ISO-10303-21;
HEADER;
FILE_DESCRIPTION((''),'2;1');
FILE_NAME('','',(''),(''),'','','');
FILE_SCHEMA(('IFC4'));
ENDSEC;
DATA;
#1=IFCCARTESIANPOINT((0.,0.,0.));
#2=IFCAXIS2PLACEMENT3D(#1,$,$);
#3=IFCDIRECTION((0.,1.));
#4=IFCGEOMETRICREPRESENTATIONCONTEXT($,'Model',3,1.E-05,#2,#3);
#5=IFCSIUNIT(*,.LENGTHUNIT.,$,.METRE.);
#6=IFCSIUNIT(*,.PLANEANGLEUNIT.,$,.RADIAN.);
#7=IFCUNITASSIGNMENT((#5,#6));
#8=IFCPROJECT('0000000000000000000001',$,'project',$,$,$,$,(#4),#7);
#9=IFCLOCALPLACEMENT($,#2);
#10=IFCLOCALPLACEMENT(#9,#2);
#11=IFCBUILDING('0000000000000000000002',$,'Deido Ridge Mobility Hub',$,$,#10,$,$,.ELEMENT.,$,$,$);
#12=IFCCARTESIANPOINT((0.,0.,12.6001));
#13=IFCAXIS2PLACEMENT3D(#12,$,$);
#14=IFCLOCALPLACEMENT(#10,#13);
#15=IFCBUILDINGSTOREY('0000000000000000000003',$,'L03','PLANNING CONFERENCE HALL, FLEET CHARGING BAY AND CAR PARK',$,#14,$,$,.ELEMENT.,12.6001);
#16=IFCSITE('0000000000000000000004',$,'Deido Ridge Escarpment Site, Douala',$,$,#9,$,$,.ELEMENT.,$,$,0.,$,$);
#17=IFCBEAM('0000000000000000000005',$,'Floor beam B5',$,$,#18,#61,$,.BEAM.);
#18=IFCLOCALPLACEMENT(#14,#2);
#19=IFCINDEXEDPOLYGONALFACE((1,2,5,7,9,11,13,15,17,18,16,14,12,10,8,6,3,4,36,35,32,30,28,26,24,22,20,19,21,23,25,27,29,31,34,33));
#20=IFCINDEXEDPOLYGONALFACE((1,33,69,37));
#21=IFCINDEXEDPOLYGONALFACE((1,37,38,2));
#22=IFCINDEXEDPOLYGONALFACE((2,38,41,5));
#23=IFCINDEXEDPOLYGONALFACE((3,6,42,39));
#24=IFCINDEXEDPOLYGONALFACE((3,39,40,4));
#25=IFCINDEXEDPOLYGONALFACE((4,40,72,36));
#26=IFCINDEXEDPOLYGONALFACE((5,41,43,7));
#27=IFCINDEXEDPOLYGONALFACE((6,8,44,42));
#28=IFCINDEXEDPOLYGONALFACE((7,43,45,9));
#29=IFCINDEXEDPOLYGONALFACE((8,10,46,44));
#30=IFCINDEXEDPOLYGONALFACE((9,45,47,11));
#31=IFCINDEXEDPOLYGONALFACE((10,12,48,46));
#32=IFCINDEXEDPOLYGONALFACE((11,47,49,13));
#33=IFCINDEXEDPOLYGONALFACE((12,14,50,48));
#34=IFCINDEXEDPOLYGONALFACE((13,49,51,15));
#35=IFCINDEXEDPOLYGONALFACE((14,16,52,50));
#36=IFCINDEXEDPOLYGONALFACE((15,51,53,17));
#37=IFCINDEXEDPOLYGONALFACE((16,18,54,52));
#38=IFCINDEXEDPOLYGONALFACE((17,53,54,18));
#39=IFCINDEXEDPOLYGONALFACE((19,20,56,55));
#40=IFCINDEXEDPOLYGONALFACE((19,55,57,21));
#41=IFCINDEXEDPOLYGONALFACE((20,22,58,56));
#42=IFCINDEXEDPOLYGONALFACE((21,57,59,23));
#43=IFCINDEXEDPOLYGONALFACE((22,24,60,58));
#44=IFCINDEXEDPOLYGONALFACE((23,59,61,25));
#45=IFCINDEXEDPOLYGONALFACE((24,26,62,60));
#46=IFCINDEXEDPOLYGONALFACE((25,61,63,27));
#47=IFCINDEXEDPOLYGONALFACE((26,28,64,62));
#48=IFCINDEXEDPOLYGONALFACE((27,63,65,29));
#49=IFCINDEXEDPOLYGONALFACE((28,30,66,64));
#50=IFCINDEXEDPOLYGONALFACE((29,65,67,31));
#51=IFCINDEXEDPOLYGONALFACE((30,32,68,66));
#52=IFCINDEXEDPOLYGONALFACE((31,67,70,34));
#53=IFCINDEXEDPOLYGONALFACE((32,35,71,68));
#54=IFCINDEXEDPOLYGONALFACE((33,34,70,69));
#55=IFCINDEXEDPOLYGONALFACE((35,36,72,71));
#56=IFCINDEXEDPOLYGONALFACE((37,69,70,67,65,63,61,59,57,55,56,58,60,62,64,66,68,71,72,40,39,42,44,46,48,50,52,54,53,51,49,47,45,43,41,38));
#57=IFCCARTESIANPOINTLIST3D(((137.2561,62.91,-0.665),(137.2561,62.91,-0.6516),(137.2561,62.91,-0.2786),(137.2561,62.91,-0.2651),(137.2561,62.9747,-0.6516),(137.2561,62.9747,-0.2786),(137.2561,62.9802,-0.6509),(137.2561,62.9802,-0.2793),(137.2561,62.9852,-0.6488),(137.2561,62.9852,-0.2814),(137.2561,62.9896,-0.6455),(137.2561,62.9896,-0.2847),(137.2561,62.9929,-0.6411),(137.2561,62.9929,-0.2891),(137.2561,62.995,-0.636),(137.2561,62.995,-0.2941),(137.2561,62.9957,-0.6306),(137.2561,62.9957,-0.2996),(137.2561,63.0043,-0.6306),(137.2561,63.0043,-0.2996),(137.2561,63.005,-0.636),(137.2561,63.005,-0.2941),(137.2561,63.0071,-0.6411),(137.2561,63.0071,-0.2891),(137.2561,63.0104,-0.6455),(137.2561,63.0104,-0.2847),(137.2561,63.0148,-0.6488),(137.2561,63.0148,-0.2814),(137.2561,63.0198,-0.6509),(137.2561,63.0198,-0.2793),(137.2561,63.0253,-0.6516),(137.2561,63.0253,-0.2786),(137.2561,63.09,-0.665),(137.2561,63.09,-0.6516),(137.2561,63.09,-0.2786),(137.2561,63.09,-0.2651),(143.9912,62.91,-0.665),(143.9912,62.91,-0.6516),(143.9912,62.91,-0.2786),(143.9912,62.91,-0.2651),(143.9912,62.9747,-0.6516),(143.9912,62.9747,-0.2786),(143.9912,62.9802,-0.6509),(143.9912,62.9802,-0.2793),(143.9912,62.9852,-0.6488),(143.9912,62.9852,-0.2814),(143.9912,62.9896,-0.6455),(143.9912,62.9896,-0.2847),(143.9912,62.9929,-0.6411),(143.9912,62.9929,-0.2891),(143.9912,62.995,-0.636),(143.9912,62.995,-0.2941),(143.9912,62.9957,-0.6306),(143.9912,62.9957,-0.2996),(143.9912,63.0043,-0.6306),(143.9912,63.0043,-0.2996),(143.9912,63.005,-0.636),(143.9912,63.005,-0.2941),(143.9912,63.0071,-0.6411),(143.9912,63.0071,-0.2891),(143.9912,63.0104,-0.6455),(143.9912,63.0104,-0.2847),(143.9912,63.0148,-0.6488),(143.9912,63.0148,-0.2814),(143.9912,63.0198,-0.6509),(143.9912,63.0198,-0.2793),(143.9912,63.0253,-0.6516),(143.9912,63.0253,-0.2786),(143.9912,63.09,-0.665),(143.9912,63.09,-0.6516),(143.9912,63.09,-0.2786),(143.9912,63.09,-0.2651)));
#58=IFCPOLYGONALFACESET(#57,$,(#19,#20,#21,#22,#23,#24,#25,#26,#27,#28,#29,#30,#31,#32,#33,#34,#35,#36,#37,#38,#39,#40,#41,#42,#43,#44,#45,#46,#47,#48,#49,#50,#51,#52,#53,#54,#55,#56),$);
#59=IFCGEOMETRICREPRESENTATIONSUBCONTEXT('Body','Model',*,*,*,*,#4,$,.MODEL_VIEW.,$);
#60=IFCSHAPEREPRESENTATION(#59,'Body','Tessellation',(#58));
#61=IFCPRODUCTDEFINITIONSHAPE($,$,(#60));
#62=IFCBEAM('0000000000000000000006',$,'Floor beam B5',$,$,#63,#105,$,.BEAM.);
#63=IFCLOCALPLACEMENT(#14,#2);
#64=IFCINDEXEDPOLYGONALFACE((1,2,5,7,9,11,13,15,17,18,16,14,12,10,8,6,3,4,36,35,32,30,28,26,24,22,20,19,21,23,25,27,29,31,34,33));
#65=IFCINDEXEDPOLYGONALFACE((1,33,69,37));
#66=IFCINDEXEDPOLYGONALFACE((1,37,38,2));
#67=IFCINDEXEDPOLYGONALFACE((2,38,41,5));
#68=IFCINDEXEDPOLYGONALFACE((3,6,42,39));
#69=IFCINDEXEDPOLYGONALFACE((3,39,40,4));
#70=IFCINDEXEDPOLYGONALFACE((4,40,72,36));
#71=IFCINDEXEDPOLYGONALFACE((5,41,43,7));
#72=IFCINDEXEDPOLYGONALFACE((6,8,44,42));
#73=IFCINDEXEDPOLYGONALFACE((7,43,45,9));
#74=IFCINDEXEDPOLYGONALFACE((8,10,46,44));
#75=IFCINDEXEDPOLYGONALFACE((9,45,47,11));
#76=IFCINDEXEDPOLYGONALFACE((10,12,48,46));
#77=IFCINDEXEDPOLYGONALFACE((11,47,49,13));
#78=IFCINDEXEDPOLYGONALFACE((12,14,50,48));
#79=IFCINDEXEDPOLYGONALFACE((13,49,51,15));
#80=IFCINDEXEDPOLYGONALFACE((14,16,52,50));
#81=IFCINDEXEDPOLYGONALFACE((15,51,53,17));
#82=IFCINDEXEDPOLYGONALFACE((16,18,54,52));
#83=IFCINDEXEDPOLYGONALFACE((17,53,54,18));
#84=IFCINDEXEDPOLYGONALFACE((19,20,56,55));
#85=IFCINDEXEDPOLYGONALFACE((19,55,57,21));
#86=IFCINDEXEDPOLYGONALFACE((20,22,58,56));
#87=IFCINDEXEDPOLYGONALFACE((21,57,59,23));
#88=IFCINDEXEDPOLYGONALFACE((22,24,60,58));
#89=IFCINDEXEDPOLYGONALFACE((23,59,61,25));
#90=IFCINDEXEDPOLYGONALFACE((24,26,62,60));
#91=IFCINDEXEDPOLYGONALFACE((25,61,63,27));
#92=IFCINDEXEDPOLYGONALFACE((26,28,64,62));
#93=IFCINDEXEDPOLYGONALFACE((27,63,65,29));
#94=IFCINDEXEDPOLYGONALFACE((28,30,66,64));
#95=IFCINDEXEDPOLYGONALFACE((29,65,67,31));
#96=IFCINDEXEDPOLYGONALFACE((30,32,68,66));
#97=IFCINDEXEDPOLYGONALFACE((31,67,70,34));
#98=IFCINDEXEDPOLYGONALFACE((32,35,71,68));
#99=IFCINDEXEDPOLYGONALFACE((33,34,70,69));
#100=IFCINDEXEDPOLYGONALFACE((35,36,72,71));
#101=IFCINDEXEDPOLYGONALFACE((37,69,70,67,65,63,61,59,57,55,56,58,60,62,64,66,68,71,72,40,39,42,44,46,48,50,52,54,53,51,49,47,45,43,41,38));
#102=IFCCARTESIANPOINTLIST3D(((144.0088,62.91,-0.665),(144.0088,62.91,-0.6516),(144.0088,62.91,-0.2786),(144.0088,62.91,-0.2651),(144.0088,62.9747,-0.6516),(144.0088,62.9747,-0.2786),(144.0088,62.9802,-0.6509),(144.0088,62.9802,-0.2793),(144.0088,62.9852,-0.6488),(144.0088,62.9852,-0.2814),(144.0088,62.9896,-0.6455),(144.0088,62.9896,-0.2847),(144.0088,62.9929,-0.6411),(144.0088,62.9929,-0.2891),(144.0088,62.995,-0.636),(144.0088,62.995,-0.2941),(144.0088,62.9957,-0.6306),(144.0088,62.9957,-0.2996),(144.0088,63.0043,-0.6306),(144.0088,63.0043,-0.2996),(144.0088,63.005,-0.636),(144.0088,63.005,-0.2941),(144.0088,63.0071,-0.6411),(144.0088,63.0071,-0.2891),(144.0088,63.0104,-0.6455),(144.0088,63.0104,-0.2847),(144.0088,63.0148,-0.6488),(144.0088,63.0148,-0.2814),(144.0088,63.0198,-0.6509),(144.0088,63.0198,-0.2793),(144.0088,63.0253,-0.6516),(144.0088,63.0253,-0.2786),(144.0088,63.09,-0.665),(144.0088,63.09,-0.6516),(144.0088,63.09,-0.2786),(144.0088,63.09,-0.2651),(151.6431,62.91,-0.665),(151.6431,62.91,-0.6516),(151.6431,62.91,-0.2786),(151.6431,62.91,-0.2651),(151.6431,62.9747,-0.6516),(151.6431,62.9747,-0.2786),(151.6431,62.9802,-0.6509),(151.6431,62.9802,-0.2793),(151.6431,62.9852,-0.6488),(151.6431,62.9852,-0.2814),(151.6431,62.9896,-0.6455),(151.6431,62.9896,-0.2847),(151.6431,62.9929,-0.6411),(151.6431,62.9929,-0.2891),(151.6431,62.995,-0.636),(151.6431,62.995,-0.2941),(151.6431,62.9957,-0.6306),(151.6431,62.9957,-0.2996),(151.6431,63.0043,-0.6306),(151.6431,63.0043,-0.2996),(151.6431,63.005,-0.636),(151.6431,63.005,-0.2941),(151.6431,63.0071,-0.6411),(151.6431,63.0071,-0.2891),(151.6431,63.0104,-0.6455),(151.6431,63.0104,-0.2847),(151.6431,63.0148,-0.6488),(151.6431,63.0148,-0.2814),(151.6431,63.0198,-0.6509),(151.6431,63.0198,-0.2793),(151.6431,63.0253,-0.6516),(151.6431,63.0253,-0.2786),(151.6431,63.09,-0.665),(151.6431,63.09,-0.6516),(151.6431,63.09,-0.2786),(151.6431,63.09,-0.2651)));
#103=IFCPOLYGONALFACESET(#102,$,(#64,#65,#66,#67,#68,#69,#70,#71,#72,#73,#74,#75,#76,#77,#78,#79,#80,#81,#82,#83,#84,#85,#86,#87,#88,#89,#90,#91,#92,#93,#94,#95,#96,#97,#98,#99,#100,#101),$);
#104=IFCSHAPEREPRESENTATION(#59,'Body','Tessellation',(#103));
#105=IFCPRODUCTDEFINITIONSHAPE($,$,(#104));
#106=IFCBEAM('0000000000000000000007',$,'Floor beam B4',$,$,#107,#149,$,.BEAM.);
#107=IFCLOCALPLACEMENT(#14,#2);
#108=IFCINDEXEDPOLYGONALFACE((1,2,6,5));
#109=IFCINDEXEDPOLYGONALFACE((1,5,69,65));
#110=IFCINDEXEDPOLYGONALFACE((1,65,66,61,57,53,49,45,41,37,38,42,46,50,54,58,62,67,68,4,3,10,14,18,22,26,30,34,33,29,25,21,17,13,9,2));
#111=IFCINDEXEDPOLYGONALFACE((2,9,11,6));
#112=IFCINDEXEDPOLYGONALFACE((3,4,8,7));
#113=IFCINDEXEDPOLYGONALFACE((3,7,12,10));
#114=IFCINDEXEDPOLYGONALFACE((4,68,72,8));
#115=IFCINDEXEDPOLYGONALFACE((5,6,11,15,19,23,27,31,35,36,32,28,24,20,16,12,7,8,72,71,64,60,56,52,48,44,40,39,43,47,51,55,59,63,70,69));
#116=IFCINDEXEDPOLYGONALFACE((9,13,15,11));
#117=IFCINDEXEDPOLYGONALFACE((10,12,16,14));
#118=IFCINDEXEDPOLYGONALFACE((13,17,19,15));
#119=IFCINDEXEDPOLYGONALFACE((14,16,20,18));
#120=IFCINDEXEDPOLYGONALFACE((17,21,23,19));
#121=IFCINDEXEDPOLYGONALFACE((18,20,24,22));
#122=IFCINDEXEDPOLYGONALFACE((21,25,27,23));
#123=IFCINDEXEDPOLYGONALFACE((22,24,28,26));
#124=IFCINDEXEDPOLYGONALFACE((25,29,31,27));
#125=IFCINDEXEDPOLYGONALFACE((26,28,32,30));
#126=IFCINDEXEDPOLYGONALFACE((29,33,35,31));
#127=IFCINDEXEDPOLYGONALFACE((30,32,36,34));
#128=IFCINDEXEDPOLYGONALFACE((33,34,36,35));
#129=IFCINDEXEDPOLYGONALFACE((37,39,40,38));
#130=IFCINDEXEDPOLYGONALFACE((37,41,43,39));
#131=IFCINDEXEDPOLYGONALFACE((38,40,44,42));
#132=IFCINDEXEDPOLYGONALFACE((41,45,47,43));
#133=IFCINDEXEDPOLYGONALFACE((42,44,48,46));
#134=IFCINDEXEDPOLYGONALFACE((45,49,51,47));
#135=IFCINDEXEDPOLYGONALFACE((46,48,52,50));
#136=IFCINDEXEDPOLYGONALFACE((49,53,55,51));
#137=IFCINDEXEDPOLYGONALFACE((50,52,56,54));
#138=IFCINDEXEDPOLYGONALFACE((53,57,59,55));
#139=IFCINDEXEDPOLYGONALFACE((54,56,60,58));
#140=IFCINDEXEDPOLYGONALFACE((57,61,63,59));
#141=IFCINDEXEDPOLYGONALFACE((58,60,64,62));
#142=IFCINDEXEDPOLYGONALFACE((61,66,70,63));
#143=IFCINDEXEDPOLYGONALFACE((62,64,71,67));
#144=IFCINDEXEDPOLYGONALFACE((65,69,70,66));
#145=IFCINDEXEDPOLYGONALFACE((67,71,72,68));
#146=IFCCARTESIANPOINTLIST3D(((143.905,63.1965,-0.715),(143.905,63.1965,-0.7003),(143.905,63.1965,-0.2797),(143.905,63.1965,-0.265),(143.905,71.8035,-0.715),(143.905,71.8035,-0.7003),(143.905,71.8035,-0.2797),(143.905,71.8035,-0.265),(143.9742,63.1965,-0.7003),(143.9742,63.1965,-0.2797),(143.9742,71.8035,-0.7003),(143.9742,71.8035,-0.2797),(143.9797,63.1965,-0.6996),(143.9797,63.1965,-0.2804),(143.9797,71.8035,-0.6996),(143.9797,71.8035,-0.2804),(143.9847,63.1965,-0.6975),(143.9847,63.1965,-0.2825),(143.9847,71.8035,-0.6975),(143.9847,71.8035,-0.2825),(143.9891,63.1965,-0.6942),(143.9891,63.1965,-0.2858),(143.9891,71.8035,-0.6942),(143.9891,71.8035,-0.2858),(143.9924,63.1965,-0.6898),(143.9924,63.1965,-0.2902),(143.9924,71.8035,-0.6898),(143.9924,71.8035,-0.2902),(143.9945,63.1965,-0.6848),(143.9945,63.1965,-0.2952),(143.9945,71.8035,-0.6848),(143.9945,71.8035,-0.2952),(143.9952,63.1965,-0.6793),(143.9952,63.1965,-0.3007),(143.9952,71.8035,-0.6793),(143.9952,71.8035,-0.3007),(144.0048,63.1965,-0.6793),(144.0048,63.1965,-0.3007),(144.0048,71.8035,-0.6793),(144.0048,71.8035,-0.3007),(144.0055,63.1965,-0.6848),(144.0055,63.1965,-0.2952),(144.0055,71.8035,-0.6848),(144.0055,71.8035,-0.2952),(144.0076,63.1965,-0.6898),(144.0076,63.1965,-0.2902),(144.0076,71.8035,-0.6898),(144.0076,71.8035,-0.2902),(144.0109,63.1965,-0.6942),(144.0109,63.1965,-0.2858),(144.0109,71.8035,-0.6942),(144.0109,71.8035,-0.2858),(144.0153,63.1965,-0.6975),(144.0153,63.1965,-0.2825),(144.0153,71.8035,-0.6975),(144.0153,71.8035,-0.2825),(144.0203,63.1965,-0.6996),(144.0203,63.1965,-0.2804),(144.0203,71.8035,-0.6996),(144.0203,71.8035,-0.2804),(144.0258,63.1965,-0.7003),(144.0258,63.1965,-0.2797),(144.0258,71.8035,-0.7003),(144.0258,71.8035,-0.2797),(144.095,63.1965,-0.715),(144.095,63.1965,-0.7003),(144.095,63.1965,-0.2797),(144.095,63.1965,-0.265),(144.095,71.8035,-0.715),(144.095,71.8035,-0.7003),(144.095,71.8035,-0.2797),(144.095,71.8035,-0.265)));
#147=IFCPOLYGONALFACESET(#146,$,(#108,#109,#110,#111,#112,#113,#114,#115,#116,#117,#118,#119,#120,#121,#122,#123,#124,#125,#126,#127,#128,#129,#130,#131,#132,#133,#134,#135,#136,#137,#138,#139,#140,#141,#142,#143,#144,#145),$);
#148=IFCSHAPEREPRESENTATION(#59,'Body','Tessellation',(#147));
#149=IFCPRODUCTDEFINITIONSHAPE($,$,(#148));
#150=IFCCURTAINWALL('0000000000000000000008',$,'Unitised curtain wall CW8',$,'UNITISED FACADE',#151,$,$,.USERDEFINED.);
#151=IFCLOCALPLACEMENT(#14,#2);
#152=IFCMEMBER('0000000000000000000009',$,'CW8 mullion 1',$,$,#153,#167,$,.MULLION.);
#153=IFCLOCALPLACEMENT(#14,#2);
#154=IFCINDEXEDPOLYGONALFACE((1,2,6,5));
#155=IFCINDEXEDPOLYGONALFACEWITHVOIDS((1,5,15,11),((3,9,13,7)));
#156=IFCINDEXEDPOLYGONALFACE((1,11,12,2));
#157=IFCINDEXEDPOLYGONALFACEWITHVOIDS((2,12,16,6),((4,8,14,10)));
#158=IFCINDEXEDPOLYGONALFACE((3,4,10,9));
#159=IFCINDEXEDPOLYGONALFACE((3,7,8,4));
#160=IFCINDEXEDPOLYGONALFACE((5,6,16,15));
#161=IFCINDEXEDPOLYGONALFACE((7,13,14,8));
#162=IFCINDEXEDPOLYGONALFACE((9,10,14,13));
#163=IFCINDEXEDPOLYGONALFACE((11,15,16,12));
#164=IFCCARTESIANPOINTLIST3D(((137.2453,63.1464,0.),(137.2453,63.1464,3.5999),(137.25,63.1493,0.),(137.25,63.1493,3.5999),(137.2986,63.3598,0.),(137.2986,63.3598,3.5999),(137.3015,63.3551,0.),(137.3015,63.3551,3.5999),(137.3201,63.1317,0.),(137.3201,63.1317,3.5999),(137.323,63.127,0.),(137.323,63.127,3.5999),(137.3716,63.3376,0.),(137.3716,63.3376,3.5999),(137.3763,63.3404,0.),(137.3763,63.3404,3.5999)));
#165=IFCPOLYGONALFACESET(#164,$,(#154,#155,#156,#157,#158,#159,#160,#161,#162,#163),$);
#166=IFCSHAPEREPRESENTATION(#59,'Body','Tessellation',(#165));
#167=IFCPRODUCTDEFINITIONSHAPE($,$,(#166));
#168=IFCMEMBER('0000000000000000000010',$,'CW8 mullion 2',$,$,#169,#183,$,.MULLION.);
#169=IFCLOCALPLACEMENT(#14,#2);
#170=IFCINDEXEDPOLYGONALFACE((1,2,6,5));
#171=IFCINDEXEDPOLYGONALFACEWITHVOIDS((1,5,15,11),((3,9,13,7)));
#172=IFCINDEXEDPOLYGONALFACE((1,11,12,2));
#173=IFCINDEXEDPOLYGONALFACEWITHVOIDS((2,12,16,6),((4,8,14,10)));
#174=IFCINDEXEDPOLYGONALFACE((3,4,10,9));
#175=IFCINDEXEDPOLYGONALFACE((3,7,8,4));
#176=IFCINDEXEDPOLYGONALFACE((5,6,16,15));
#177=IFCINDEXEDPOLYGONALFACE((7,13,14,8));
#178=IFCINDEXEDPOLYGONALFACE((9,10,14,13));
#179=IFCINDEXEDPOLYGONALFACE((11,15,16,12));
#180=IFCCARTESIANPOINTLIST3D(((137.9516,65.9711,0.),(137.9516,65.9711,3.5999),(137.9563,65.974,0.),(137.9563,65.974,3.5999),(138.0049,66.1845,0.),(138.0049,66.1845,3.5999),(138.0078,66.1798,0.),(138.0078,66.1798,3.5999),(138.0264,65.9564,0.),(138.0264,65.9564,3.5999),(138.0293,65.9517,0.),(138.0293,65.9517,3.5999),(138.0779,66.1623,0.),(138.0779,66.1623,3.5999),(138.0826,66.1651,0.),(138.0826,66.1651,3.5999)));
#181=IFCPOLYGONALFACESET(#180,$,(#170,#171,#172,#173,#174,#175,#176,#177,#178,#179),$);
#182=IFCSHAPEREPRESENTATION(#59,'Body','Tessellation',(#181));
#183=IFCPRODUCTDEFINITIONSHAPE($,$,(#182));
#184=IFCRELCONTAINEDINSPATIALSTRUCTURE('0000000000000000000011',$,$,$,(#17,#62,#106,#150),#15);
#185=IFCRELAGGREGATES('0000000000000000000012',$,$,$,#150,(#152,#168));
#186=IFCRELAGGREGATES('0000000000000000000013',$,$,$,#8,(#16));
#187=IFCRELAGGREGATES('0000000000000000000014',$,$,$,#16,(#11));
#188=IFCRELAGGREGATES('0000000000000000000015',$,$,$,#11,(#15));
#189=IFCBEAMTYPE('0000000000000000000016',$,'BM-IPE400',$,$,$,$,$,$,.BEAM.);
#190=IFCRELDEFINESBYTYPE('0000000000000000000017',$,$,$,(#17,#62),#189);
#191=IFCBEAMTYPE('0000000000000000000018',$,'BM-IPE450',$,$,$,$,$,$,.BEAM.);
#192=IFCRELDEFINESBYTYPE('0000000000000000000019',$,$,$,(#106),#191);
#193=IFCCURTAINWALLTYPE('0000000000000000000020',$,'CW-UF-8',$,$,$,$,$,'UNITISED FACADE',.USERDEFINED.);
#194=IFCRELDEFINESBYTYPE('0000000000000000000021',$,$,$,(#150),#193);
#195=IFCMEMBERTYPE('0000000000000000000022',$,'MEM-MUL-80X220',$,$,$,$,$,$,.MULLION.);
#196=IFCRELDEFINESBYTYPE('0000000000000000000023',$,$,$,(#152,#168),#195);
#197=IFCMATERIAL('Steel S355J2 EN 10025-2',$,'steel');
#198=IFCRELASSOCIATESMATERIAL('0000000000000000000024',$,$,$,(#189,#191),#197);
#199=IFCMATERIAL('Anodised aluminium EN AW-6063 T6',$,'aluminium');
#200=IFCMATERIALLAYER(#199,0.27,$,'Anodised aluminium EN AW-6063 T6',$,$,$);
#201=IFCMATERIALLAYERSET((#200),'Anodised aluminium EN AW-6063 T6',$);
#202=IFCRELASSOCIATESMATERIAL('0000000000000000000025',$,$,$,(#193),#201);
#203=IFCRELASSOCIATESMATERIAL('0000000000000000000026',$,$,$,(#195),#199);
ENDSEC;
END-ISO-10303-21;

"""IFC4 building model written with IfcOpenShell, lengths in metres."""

from ifc_helpers import new_model, si_unit, direction, frame, origin, origin_2d, place, context, subcontext, project, spatial, hollow_rectangle, i_section, extrude, material, layer, layer_set, material_profile, profile_set, type_object, element, aggregate, save


model = new_model("IFC4")

# Units and contexts
model_context = context("Model", 3, precision=1e-05, world=origin(), true_north=direction((0.0, 1.0)))
body_context = subcontext(model_context, "Body", "Model", "MODEL_VIEW")
ifc_project = project(units=[si_unit("LENGTHUNIT", "METRE"), si_unit("PLANEANGLEUNIT", "RADIAN")], contexts=[model_context])

# Site, building, storey
site_placement = place(None, origin())
site = spatial("IfcSite", under=ifc_project, at=site_placement, Name="Deido Ridge Escarpment Site, Douala", CompositionType="ELEMENT", RefElevation=0.0)
building_placement = place(site_placement, origin())
building = spatial("IfcBuilding", under=site, at=building_placement, Name="Deido Ridge Mobility Hub", CompositionType="ELEMENT")
storey_placement = place(building_placement, frame((0.0, 0.0, 12.6001)))
storey = spatial("IfcBuildingStorey", under=building, at=storey_placement, Name="L03", Description="PLANNING CONFERENCE HALL, FLEET CHARGING BAY AND CAR PARK", CompositionType="ELEMENT", Elevation=12.6001)

# Shared definitions
ifc_material_1 = material(Name="Steel S355J2 EN 10025-2", Category="steel")

# Beams
ifc_material_profile_1 = material_profile(ifc_material_1, i_section(OverallWidth=0.1799, OverallDepth=0.3999, WebThickness=0.0085, FlangeThickness=0.0134, FilletRadius=0.021, at=origin_2d()), Name="IPE 400")
ifc_profile_set_1 = profile_set([ifc_material_profile_1], Name="Steel S355J2 EN 10025-2")
beam_type_1 = type_object("IfcBeamType", Name="BM-IPE400", PredefinedType="BEAM", material=ifc_profile_set_1)
beam_1_placement = place(storey_placement, frame((137.2561, 63.0, -0.4651), z_axis=(1.0, 0.0, 0.0), x_axis=(0.0, 1.0, 0.0)))
element("IfcBeam", 1, at=beam_1_placement, inside=storey, type_object=beam_type_1, Name="Floor beam B5", PredefinedType="BEAM", context=body_context, shape_type="SweptSolid", body=[
    extrude(i_section(OverallWidth=0.1799, OverallDepth=0.3999, WebThickness=0.0085, FlangeThickness=0.0134, FilletRadius=0.021, at=origin_2d()), origin(), (0.0, 0.0, 1.0), 6.7351),
])
beam_2_placement = place(storey_placement, frame((144.0088, 63.0, -0.4651), z_axis=(1.0, 0.0, 0.0), x_axis=(0.0, 1.0, 0.0)))
element("IfcBeam", 2, at=beam_2_placement, inside=storey, type_object=beam_type_1, Name="Floor beam B5", PredefinedType="BEAM", context=body_context, shape_type="SweptSolid", body=[
    extrude(i_section(OverallWidth=0.1799, OverallDepth=0.3999, WebThickness=0.0085, FlangeThickness=0.0134, FilletRadius=0.021, at=origin_2d()), origin(), (0.0, 0.0, 1.0), 7.6343),
])
ifc_material_profile_2 = material_profile(ifc_material_1, i_section(OverallWidth=0.1899, OverallDepth=0.45, WebThickness=0.0095, FlangeThickness=0.0146, FilletRadius=0.021, at=origin_2d()), Name="IPE 450")
ifc_profile_set_2 = profile_set([ifc_material_profile_2], Name="Steel S355J2 EN 10025-2")
beam_type_2 = type_object("IfcBeamType", Name="BM-IPE450", PredefinedType="BEAM", material=ifc_profile_set_2)
beam_3_placement = place(storey_placement, frame((144.0, 63.1965, -0.49), z_axis=(0.0, 1.0, 0.0), x_axis=(-1.0, 0.0, 0.0)))
element("IfcBeam", 3, at=beam_3_placement, inside=storey, type_object=beam_type_2, Name="Floor beam B4", PredefinedType="BEAM", context=body_context, shape_type="SweptSolid", body=[
    extrude(i_section(OverallWidth=0.1899, OverallDepth=0.45, WebThickness=0.0095, FlangeThickness=0.0146, FilletRadius=0.021, at=origin_2d()), origin(), (0.0, 0.0, 1.0), 8.6069),
])

# Curtain wall, members
ifc_material_2 = material(Name="Anodised aluminium EN AW-6063 T6", Category="aluminium")
ifc_layer_1 = layer(ifc_material_2, 0.27, Name="Anodised aluminium EN AW-6063 T6")
ifc_layer_set_1 = layer_set([ifc_layer_1], Name="Anodised aluminium EN AW-6063 T6")
curtain_wall_type = type_object("IfcCurtainWallType", Name="CW-UF-8", ElementType="UNITISED FACADE", PredefinedType="USERDEFINED", material=ifc_layer_set_1)
curtain_wall_placement = place(storey_placement, origin())
curtain_wall = element("IfcCurtainWall", 4, at=curtain_wall_placement, inside=storey, type_object=curtain_wall_type, Name="Unitised curtain wall CW8", ObjectType="UNITISED FACADE", PredefinedType="USERDEFINED")
ifc_material_profile_3 = material_profile(ifc_material_2, hollow_rectangle(XDim=0.0801, YDim=0.22, WallThickness=0.0039, at=origin_2d()), Name="RHS 80x220x4")
ifc_profile_set_3 = profile_set([ifc_material_profile_3], Name="Anodised aluminium EN AW-6063 T6")
member_type_1 = type_object("IfcMemberType", Name="MEM-MUL-80X220", PredefinedType="MULLION", material=ifc_profile_set_3)
member_1_placement = place(storey_placement, frame((137.3108, 63.2434, 0.0), z_axis=(0.0, 0.0, 1.0), x_axis=(-0.970144, 0.24253, 0.0)))
member_1 = element("IfcMember", 5, at=member_1_placement, type_object=member_type_1, Name="CW8 mullion 1", PredefinedType="MULLION", context=body_context, shape_type="SweptSolid", body=[
    extrude(hollow_rectangle(XDim=0.0801, YDim=0.22, WallThickness=0.0039, at=origin_2d()), origin(), (0.0, 0.0, 1.0), 3.5999),
])
member_2_placement = place(storey_placement, frame((138.0171, 66.0681, 0.0), z_axis=(0.0, 0.0, 1.0), x_axis=(-0.970144, 0.24253, 0.0)))
member_2 = element("IfcMember", 6, at=member_2_placement, type_object=member_type_1, Name="CW8 mullion 2", PredefinedType="MULLION", context=body_context, shape_type="SweptSolid", body=[
    extrude(hollow_rectangle(XDim=0.0801, YDim=0.22, WallThickness=0.0039, at=origin_2d()), origin(), (0.0, 0.0, 1.0), 3.5999),
])

aggregate(curtain_wall, [member_1, member_2])

save(model, "model.ifc")
